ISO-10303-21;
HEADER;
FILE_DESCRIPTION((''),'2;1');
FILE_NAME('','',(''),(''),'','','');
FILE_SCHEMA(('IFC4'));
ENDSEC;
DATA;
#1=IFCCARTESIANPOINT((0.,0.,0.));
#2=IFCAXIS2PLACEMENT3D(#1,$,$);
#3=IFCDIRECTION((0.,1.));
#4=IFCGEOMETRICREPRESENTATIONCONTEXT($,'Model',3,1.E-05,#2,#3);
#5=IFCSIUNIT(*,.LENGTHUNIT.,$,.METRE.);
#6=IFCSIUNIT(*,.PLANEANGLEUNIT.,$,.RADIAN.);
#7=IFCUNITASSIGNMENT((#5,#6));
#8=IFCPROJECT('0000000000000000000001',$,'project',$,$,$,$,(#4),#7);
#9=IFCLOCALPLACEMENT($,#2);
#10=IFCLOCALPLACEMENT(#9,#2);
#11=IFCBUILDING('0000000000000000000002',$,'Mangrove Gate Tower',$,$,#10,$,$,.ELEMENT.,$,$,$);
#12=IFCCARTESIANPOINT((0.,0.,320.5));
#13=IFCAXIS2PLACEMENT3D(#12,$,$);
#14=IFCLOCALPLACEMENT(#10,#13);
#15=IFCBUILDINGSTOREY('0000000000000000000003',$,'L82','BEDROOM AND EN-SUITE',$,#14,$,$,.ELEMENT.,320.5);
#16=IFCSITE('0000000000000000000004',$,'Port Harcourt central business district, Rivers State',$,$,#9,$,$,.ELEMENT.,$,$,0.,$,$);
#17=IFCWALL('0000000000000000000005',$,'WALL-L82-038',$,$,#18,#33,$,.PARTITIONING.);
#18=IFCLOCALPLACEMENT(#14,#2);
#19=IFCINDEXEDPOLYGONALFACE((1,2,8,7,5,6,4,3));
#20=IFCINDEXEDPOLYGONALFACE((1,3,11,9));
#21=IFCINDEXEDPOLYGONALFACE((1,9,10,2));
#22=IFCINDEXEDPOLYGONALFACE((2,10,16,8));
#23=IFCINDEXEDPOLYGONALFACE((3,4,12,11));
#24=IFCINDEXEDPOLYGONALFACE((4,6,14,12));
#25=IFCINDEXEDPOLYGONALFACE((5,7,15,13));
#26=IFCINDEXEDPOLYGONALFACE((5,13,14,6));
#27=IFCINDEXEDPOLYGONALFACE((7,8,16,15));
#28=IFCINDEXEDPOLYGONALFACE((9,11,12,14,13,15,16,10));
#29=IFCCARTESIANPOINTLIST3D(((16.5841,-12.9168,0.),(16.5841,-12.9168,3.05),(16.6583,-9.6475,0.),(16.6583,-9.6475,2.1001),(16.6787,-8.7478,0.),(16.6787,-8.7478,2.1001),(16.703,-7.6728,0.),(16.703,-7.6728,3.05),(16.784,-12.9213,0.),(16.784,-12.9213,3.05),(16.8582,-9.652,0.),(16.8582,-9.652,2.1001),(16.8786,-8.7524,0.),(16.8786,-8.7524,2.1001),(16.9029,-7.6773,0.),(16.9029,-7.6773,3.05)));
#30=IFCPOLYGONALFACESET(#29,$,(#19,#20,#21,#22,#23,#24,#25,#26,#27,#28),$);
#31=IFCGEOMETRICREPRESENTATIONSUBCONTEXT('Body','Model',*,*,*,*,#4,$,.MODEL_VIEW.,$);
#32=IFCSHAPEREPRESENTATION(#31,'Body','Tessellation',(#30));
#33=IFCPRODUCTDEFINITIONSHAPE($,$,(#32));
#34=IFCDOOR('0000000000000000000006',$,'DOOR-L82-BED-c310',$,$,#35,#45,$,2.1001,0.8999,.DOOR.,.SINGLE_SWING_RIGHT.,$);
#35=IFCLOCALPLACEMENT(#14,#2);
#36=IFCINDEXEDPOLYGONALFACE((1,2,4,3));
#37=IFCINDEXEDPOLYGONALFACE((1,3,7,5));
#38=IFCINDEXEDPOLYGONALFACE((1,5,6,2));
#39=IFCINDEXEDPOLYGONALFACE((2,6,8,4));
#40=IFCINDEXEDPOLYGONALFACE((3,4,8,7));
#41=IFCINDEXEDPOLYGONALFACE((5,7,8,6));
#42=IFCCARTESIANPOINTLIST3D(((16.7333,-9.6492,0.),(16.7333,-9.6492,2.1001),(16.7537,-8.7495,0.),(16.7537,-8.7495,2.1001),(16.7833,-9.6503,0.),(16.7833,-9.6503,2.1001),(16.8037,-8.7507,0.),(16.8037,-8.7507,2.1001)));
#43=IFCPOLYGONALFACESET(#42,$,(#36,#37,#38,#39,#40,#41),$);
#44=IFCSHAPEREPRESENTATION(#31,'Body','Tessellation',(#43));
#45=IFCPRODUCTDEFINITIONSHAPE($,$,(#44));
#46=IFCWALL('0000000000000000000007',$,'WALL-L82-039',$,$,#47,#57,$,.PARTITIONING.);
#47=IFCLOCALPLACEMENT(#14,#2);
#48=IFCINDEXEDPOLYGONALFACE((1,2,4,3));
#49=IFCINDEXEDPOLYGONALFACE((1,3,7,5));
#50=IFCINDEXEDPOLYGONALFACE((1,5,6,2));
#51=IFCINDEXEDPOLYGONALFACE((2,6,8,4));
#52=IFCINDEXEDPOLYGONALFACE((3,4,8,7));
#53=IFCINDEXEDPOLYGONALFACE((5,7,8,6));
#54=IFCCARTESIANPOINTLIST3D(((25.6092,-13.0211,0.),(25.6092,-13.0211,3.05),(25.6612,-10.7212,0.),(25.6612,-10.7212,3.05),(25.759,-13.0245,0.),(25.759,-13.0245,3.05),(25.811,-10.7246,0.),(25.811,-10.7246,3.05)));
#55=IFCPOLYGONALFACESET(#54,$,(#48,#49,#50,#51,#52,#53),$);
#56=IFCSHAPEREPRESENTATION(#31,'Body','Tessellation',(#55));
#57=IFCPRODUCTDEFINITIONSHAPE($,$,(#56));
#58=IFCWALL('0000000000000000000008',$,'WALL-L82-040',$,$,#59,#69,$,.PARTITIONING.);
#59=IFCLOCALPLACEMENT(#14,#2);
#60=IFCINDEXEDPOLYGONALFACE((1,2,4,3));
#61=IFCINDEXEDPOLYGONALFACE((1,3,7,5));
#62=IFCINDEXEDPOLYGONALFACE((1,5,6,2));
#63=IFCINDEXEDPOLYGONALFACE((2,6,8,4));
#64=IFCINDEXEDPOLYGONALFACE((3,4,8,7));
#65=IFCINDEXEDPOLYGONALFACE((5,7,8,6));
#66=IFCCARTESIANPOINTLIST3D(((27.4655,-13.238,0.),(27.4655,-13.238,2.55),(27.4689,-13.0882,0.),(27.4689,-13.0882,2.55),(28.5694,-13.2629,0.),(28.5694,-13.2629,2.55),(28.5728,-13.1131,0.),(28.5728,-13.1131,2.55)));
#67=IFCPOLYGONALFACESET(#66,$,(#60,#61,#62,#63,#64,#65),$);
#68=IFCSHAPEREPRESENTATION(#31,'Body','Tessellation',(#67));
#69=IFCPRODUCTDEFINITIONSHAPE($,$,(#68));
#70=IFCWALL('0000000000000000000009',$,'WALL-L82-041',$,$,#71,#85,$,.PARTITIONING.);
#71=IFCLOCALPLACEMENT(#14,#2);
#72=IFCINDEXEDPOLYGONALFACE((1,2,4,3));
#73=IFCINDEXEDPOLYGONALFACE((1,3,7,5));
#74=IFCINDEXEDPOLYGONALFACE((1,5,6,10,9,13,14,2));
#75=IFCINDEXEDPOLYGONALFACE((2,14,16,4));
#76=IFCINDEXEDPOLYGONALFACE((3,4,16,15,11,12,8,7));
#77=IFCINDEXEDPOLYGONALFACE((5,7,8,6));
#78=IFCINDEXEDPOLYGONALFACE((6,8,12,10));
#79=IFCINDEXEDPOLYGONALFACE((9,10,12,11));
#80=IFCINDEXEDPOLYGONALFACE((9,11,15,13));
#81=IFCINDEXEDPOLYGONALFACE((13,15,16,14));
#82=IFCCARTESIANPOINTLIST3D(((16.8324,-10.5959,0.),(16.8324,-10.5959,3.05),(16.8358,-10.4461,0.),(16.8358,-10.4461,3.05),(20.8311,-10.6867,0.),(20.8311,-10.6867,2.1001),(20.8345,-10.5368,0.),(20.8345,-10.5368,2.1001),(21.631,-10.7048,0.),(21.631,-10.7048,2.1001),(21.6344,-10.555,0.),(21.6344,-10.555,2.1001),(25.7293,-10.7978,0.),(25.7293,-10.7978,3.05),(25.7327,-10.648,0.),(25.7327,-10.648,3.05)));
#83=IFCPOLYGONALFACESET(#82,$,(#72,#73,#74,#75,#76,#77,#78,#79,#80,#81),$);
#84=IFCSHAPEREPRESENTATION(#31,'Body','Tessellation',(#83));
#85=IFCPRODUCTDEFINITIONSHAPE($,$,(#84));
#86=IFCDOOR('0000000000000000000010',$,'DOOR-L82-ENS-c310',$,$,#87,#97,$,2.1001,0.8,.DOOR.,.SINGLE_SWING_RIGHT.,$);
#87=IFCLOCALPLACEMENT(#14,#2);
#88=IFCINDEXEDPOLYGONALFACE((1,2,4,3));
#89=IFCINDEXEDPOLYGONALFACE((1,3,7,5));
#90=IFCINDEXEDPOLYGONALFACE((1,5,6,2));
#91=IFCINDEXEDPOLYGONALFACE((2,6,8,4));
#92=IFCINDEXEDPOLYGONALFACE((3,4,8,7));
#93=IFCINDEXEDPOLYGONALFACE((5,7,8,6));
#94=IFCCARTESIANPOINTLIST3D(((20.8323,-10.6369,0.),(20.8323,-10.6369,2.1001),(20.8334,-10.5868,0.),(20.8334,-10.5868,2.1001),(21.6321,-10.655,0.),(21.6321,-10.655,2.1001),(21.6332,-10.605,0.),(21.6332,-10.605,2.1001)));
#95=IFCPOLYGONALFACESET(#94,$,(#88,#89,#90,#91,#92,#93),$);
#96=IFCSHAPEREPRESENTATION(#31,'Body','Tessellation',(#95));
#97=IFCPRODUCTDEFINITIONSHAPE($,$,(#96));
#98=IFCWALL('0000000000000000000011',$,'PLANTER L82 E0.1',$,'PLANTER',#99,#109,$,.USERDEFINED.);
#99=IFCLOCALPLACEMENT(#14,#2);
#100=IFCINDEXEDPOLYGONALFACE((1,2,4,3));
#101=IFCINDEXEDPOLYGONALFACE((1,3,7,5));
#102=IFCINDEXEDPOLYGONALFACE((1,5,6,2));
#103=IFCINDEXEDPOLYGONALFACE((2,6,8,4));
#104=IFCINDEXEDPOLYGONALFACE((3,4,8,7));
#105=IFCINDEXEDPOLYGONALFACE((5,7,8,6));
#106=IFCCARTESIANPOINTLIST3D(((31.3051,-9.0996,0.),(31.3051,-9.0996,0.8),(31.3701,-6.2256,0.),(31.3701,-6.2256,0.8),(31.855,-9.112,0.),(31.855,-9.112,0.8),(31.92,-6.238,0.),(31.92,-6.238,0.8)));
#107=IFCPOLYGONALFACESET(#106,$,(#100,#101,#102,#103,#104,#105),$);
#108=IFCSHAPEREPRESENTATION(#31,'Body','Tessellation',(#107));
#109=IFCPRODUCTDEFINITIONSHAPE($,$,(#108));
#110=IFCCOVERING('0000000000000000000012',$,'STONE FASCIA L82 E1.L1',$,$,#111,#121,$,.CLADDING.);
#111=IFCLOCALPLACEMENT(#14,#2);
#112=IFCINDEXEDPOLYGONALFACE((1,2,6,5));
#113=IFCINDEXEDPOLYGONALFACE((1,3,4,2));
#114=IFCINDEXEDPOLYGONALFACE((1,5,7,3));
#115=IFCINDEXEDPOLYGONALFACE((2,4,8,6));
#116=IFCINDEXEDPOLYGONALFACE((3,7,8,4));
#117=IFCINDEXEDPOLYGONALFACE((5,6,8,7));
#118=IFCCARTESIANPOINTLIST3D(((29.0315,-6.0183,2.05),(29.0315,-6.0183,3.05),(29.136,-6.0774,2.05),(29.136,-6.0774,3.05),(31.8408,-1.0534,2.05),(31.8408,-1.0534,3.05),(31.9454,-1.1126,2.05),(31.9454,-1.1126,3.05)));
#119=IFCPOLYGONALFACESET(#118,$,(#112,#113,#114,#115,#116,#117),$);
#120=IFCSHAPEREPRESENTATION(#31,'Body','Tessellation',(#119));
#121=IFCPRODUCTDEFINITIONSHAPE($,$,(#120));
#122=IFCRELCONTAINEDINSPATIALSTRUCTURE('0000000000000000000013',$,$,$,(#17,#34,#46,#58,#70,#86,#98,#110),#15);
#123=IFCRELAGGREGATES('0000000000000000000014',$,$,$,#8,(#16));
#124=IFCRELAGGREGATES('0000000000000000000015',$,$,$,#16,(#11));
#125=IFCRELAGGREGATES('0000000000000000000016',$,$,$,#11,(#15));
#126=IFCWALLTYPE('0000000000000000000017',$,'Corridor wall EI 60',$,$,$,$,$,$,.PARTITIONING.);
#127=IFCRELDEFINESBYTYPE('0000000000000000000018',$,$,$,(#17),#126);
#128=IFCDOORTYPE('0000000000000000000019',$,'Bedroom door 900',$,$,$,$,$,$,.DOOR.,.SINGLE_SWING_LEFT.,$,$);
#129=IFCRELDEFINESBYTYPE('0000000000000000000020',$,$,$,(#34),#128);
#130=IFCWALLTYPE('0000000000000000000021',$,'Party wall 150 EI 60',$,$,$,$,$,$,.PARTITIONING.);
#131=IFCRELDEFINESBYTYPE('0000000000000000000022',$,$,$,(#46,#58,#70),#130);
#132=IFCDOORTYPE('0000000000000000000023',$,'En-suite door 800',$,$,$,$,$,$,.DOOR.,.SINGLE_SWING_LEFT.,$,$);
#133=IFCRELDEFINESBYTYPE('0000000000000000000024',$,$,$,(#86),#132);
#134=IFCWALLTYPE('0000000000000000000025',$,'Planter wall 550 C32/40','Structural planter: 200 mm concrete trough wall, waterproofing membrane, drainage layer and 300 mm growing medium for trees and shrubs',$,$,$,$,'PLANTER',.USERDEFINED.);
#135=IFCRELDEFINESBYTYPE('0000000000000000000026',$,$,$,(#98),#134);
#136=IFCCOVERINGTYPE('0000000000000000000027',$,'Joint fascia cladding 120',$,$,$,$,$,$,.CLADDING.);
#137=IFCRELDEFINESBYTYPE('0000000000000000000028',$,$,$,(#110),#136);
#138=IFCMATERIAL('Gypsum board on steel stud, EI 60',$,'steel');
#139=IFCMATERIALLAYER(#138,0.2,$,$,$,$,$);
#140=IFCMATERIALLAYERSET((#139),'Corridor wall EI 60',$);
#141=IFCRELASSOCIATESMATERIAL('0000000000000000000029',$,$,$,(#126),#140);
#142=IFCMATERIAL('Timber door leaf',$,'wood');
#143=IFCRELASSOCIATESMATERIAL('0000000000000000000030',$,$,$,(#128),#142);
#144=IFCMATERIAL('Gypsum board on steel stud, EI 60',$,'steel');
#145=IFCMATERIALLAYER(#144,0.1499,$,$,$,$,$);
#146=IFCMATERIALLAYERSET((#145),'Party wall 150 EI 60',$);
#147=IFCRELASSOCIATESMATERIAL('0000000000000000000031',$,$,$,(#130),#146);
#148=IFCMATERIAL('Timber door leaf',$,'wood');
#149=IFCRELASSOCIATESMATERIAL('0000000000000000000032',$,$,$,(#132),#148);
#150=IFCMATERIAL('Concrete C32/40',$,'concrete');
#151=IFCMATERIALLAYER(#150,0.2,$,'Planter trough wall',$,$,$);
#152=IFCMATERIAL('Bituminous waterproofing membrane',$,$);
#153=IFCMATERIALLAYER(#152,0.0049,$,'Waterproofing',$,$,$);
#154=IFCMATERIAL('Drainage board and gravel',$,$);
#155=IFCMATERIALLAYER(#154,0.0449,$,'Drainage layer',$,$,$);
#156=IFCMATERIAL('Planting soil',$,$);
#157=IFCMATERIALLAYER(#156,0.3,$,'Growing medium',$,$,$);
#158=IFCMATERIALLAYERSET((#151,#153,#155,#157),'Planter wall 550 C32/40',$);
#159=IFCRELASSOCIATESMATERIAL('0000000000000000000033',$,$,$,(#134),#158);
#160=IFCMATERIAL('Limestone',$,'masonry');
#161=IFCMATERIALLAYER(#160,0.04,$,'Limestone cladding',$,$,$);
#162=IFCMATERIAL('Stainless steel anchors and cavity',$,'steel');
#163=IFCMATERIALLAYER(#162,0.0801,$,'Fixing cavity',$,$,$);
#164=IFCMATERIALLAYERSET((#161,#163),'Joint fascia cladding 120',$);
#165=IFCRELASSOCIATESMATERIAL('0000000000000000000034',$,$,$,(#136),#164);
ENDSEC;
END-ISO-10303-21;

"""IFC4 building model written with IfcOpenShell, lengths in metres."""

from ifc_helpers import new_model, si_unit, direction, frame, frame_2d, origin, place, context, subcontext, project, spatial, rectangle, extrude, material, layer, layer_set, type_object, element, fill, save


model = new_model("IFC4")

# Units and contexts
model_context = context("Model", 3, precision=1e-05, world=origin(), true_north=direction((0.0, 1.0)))
body_context = subcontext(model_context, "Body", "Model", "MODEL_VIEW")
ifc_project = project(units=[si_unit("LENGTHUNIT", "METRE"), si_unit("PLANEANGLEUNIT", "RADIAN")], contexts=[model_context])

# Site, building, storey
site_placement = place(None, origin())
site = spatial("IfcSite", under=ifc_project, at=site_placement, Name="Port Harcourt central business district, Rivers State", CompositionType="ELEMENT", RefElevation=0.0)
building_placement = place(site_placement, origin())
building = spatial("IfcBuilding", under=site, at=building_placement, Name="Mangrove Gate Tower", CompositionType="ELEMENT")
storey_placement = place(building_placement, frame((0.0, 0.0, 320.5)))
storey = spatial("IfcBuildingStorey", under=building, at=storey_placement, Name="L82", Description="BEDROOM AND EN-SUITE", CompositionType="ELEMENT", Elevation=320.5)

# Shared definitions
ifc_material_1 = material(Name="Gypsum board on steel stud, EI 60", Category="steel")
ifc_layer_1 = layer(ifc_material_1, 0.2)
ifc_layer_set_1 = layer_set([ifc_layer_1], Name="Corridor wall EI 60")
wall_type_1 = type_object("IfcWallType", Name="Corridor wall EI 60", PredefinedType="PARTITIONING", material=ifc_layer_set_1)

# Wall, opening, door
wall_1_placement = place(storey_placement, frame((16.6841, -12.9189, 0.0), z_axis=(0.0, 0.0, 1.0), x_axis=(0.022667, 0.999743, 0.0)))
wall_1 = element("IfcWall", 1, at=wall_1_placement, inside=storey, type_object=wall_type_1, Name="WALL-L82-038", PredefinedType="PARTITIONING", context=body_context, shape_type="SweptSolid", body=[
    extrude(rectangle(XDim=5.2454, YDim=0.2, at=frame_2d((2.6226, 0.0))), origin(), (0.0, 0.0, 1.0), 3.05),
])
opening_1_placement = place(wall_1_placement, frame((3.27, 0.0, 0.0)))
opening_1 = element("IfcOpeningElement", 2, at=opening_1_placement, cuts=wall_1, PredefinedType="OPENING", context=body_context, shape_type="SweptSolid", body=[
    extrude(rectangle(XDim=0.8999, YDim=2.1001, at=frame_2d((0.45, 1.05))), frame((0.0, 0.1099, 0.0), z_axis=(0.0, -1.0, 0.0), x_axis=(1.0, 0.0, 0.0)), (0.0, 0.0, 1.0), 0.22),
])
ifc_material_2 = material(Name="Timber door leaf", Category="wood")
door_type_1 = type_object("IfcDoorType", Name="Bedroom door 900", OperationType="SINGLE_SWING_LEFT", PredefinedType="DOOR", material=ifc_material_2)
door_1_placement = place(opening_1_placement, origin())
door_1 = element("IfcDoor", 3, at=door_1_placement, inside=storey, type_object=door_type_1, Name="DOOR-L82-BED-c310", OperationType="SINGLE_SWING_RIGHT", OverallHeight=2.1001, OverallWidth=0.8999, PredefinedType="DOOR", context=body_context, shape_type="SweptSolid", body=[
    extrude(rectangle(XDim=0.8999, YDim=2.1001, at=frame_2d((0.45, 1.05))), frame((0.0, 0.0249, 0.0), z_axis=(0.0, -1.0, 0.0), x_axis=(1.0, 0.0, 0.0)), (0.0, 0.0, 1.0), 0.05),
])
fill(opening_1, door_1)

# Walls
ifc_material_3 = material(Name="Gypsum board on steel stud, EI 60", Category="steel")
ifc_layer_2 = layer(ifc_material_3, 0.1499)
ifc_layer_set_2 = layer_set([ifc_layer_2], Name="Party wall 150 EI 60")
wall_type_2 = type_object("IfcWallType", Name="Party wall 150 EI 60", PredefinedType="PARTITIONING", material=ifc_layer_set_2)
wall_2_placement = place(storey_placement, frame((25.6841, -13.0229, 0.0), z_axis=(0.0, 0.0, 1.0), x_axis=(0.022603, 0.999745, 0.0)))
element("IfcWall", 4, at=wall_2_placement, inside=storey, type_object=wall_type_2, Name="WALL-L82-039", PredefinedType="PARTITIONING", context=body_context, shape_type="SweptSolid", body=[
    extrude(rectangle(XDim=2.3005, YDim=0.1499, at=frame_2d((1.1504, 0.0))), origin(), (0.0, 0.0, 1.0), 3.05),
])
wall_3_placement = place(storey_placement, frame((27.467, -13.1631, 0.0), z_axis=(0.0, 0.0, 1.0), x_axis=(0.999746, -0.022551, 0.0)))
element("IfcWall", 5, at=wall_3_placement, inside=storey, type_object=wall_type_2, Name="WALL-L82-040", PredefinedType="PARTITIONING", context=body_context, shape_type="SweptSolid", body=[
    extrude(rectangle(XDim=1.1042, YDim=0.1499, at=frame_2d((0.5522, 0.0))), origin(), (0.0, 0.0, 1.0), 2.55),
])

# Wall, opening, door
wall_4_placement = place(storey_placement, frame((16.834, -10.521, 0.0), z_axis=(0.0, 0.0, 1.0), x_axis=(0.999743, -0.022688, 0.0)))
wall_4 = element("IfcWall", 6, at=wall_4_placement, inside=storey, type_object=wall_type_2, Name="WALL-L82-041", PredefinedType="PARTITIONING", context=body_context, shape_type="SweptSolid", body=[
    extrude(rectangle(XDim=8.8992, YDim=0.1499, at=frame_2d((4.4497, 0.0))), origin(), (0.0, 0.0, 1.0), 3.05),
])
opening_2_placement = place(wall_4_placement, frame((4.0, 0.0, 0.0)))
opening_2 = element("IfcOpeningElement", 7, at=opening_2_placement, cuts=wall_4, PredefinedType="OPENING", context=body_context, shape_type="SweptSolid", body=[
    extrude(rectangle(XDim=0.8, YDim=2.1001, at=frame_2d((0.3999, 1.05))), frame((0.0, 0.085, 0.0), z_axis=(0.0, -1.0, 0.0), x_axis=(1.0, 0.0, 0.0)), (0.0, 0.0, 1.0), 0.1699),
])
ifc_material_4 = material(Name="Timber door leaf", Category="wood")
door_type_2 = type_object("IfcDoorType", Name="En-suite door 800", OperationType="SINGLE_SWING_LEFT", PredefinedType="DOOR", material=ifc_material_4)
door_2_placement = place(opening_2_placement, origin())
door_2 = element("IfcDoor", 8, at=door_2_placement, inside=storey, type_object=door_type_2, Name="DOOR-L82-ENS-c310", OperationType="SINGLE_SWING_RIGHT", OverallHeight=2.1001, OverallWidth=0.8, PredefinedType="DOOR", context=body_context, shape_type="SweptSolid", body=[
    extrude(rectangle(XDim=0.8, YDim=2.1001, at=frame_2d((0.3999, 1.05))), frame((0.0, 0.0249, 0.0), z_axis=(0.0, -1.0, 0.0), x_axis=(1.0, 0.0, 0.0)), (0.0, 0.0, 1.0), 0.05),
])
fill(opening_2, door_2)

# Wall
ifc_material_5 = material(Name="Concrete C32/40", Category="concrete")
ifc_layer_3 = layer(ifc_material_5, 0.2, Name="Planter trough wall")
ifc_material_6 = material(Name="Bituminous waterproofing membrane")
ifc_layer_4 = layer(ifc_material_6, 0.0049, Name="Waterproofing")
ifc_material_7 = material(Name="Drainage board and gravel")
ifc_layer_5 = layer(ifc_material_7, 0.0449, Name="Drainage layer")
ifc_material_8 = material(Name="Planting soil")
ifc_layer_6 = layer(ifc_material_8, 0.3, Name="Growing medium")
ifc_layer_set_3 = layer_set([ifc_layer_3, ifc_layer_4, ifc_layer_5, ifc_layer_6], Name="Planter wall 550 C32/40")
wall_type_3 = type_object("IfcWallType", Name="Planter wall 550 C32/40", Description="Structural planter: 200 mm concrete trough wall, waterproofing membrane, drainage layer and 300 mm growing medium for trees and shrubs", ElementType="PLANTER", PredefinedType="USERDEFINED", material=ifc_layer_set_3)
wall_5_placement = place(storey_placement, frame((31.5801, -9.106, 0.0), z_axis=(0.0, 0.0, 1.0), x_axis=(0.02259, 0.999745, 0.0)))
element("IfcWall", 9, at=wall_5_placement, inside=storey, type_object=wall_type_3, Name="PLANTER L82 E0.1", ObjectType="PLANTER", PredefinedType="USERDEFINED", context=body_context, shape_type="SweptSolid", body=[
    extrude(rectangle(XDim=2.8748, YDim=0.55, at=frame_2d((1.4375, 0.0))), origin(), (0.0, 0.0, 1.0), 0.8),
])

# Covering
ifc_material_9 = material(Name="Limestone", Category="masonry")
ifc_layer_7 = layer(ifc_material_9, 0.04, Name="Limestone cladding")
ifc_material_10 = material(Name="Stainless steel anchors and cavity", Category="steel")
ifc_layer_8 = layer(ifc_material_10, 0.0801, Name="Fixing cavity")
ifc_layer_set_4 = layer_set([ifc_layer_7, ifc_layer_8], Name="Joint fascia cladding 120")
covering_type = type_object("IfcCoveringType", Name="Joint fascia cladding 120", PredefinedType="CLADDING", material=ifc_layer_set_4)
covering_placement = place(storey_placement, frame((29.0837, -6.0479, 2.05), z_axis=(0.0, 0.0, 1.0), x_axis=(0.49247, 0.870329, 0.0)))
element("IfcCovering", 10, at=covering_placement, inside=storey, type_object=covering_type, Name="STONE FASCIA L82 E1.L1", PredefinedType="CLADDING", context=body_context, shape_type="SweptSolid", body=[
    extrude(rectangle(XDim=5.7046, YDim=0.1201, at=frame_2d((2.8523, 0.0))), origin(), (0.0, 0.0, 1.0), 1.0),
])

save(model, "model.ifc")
